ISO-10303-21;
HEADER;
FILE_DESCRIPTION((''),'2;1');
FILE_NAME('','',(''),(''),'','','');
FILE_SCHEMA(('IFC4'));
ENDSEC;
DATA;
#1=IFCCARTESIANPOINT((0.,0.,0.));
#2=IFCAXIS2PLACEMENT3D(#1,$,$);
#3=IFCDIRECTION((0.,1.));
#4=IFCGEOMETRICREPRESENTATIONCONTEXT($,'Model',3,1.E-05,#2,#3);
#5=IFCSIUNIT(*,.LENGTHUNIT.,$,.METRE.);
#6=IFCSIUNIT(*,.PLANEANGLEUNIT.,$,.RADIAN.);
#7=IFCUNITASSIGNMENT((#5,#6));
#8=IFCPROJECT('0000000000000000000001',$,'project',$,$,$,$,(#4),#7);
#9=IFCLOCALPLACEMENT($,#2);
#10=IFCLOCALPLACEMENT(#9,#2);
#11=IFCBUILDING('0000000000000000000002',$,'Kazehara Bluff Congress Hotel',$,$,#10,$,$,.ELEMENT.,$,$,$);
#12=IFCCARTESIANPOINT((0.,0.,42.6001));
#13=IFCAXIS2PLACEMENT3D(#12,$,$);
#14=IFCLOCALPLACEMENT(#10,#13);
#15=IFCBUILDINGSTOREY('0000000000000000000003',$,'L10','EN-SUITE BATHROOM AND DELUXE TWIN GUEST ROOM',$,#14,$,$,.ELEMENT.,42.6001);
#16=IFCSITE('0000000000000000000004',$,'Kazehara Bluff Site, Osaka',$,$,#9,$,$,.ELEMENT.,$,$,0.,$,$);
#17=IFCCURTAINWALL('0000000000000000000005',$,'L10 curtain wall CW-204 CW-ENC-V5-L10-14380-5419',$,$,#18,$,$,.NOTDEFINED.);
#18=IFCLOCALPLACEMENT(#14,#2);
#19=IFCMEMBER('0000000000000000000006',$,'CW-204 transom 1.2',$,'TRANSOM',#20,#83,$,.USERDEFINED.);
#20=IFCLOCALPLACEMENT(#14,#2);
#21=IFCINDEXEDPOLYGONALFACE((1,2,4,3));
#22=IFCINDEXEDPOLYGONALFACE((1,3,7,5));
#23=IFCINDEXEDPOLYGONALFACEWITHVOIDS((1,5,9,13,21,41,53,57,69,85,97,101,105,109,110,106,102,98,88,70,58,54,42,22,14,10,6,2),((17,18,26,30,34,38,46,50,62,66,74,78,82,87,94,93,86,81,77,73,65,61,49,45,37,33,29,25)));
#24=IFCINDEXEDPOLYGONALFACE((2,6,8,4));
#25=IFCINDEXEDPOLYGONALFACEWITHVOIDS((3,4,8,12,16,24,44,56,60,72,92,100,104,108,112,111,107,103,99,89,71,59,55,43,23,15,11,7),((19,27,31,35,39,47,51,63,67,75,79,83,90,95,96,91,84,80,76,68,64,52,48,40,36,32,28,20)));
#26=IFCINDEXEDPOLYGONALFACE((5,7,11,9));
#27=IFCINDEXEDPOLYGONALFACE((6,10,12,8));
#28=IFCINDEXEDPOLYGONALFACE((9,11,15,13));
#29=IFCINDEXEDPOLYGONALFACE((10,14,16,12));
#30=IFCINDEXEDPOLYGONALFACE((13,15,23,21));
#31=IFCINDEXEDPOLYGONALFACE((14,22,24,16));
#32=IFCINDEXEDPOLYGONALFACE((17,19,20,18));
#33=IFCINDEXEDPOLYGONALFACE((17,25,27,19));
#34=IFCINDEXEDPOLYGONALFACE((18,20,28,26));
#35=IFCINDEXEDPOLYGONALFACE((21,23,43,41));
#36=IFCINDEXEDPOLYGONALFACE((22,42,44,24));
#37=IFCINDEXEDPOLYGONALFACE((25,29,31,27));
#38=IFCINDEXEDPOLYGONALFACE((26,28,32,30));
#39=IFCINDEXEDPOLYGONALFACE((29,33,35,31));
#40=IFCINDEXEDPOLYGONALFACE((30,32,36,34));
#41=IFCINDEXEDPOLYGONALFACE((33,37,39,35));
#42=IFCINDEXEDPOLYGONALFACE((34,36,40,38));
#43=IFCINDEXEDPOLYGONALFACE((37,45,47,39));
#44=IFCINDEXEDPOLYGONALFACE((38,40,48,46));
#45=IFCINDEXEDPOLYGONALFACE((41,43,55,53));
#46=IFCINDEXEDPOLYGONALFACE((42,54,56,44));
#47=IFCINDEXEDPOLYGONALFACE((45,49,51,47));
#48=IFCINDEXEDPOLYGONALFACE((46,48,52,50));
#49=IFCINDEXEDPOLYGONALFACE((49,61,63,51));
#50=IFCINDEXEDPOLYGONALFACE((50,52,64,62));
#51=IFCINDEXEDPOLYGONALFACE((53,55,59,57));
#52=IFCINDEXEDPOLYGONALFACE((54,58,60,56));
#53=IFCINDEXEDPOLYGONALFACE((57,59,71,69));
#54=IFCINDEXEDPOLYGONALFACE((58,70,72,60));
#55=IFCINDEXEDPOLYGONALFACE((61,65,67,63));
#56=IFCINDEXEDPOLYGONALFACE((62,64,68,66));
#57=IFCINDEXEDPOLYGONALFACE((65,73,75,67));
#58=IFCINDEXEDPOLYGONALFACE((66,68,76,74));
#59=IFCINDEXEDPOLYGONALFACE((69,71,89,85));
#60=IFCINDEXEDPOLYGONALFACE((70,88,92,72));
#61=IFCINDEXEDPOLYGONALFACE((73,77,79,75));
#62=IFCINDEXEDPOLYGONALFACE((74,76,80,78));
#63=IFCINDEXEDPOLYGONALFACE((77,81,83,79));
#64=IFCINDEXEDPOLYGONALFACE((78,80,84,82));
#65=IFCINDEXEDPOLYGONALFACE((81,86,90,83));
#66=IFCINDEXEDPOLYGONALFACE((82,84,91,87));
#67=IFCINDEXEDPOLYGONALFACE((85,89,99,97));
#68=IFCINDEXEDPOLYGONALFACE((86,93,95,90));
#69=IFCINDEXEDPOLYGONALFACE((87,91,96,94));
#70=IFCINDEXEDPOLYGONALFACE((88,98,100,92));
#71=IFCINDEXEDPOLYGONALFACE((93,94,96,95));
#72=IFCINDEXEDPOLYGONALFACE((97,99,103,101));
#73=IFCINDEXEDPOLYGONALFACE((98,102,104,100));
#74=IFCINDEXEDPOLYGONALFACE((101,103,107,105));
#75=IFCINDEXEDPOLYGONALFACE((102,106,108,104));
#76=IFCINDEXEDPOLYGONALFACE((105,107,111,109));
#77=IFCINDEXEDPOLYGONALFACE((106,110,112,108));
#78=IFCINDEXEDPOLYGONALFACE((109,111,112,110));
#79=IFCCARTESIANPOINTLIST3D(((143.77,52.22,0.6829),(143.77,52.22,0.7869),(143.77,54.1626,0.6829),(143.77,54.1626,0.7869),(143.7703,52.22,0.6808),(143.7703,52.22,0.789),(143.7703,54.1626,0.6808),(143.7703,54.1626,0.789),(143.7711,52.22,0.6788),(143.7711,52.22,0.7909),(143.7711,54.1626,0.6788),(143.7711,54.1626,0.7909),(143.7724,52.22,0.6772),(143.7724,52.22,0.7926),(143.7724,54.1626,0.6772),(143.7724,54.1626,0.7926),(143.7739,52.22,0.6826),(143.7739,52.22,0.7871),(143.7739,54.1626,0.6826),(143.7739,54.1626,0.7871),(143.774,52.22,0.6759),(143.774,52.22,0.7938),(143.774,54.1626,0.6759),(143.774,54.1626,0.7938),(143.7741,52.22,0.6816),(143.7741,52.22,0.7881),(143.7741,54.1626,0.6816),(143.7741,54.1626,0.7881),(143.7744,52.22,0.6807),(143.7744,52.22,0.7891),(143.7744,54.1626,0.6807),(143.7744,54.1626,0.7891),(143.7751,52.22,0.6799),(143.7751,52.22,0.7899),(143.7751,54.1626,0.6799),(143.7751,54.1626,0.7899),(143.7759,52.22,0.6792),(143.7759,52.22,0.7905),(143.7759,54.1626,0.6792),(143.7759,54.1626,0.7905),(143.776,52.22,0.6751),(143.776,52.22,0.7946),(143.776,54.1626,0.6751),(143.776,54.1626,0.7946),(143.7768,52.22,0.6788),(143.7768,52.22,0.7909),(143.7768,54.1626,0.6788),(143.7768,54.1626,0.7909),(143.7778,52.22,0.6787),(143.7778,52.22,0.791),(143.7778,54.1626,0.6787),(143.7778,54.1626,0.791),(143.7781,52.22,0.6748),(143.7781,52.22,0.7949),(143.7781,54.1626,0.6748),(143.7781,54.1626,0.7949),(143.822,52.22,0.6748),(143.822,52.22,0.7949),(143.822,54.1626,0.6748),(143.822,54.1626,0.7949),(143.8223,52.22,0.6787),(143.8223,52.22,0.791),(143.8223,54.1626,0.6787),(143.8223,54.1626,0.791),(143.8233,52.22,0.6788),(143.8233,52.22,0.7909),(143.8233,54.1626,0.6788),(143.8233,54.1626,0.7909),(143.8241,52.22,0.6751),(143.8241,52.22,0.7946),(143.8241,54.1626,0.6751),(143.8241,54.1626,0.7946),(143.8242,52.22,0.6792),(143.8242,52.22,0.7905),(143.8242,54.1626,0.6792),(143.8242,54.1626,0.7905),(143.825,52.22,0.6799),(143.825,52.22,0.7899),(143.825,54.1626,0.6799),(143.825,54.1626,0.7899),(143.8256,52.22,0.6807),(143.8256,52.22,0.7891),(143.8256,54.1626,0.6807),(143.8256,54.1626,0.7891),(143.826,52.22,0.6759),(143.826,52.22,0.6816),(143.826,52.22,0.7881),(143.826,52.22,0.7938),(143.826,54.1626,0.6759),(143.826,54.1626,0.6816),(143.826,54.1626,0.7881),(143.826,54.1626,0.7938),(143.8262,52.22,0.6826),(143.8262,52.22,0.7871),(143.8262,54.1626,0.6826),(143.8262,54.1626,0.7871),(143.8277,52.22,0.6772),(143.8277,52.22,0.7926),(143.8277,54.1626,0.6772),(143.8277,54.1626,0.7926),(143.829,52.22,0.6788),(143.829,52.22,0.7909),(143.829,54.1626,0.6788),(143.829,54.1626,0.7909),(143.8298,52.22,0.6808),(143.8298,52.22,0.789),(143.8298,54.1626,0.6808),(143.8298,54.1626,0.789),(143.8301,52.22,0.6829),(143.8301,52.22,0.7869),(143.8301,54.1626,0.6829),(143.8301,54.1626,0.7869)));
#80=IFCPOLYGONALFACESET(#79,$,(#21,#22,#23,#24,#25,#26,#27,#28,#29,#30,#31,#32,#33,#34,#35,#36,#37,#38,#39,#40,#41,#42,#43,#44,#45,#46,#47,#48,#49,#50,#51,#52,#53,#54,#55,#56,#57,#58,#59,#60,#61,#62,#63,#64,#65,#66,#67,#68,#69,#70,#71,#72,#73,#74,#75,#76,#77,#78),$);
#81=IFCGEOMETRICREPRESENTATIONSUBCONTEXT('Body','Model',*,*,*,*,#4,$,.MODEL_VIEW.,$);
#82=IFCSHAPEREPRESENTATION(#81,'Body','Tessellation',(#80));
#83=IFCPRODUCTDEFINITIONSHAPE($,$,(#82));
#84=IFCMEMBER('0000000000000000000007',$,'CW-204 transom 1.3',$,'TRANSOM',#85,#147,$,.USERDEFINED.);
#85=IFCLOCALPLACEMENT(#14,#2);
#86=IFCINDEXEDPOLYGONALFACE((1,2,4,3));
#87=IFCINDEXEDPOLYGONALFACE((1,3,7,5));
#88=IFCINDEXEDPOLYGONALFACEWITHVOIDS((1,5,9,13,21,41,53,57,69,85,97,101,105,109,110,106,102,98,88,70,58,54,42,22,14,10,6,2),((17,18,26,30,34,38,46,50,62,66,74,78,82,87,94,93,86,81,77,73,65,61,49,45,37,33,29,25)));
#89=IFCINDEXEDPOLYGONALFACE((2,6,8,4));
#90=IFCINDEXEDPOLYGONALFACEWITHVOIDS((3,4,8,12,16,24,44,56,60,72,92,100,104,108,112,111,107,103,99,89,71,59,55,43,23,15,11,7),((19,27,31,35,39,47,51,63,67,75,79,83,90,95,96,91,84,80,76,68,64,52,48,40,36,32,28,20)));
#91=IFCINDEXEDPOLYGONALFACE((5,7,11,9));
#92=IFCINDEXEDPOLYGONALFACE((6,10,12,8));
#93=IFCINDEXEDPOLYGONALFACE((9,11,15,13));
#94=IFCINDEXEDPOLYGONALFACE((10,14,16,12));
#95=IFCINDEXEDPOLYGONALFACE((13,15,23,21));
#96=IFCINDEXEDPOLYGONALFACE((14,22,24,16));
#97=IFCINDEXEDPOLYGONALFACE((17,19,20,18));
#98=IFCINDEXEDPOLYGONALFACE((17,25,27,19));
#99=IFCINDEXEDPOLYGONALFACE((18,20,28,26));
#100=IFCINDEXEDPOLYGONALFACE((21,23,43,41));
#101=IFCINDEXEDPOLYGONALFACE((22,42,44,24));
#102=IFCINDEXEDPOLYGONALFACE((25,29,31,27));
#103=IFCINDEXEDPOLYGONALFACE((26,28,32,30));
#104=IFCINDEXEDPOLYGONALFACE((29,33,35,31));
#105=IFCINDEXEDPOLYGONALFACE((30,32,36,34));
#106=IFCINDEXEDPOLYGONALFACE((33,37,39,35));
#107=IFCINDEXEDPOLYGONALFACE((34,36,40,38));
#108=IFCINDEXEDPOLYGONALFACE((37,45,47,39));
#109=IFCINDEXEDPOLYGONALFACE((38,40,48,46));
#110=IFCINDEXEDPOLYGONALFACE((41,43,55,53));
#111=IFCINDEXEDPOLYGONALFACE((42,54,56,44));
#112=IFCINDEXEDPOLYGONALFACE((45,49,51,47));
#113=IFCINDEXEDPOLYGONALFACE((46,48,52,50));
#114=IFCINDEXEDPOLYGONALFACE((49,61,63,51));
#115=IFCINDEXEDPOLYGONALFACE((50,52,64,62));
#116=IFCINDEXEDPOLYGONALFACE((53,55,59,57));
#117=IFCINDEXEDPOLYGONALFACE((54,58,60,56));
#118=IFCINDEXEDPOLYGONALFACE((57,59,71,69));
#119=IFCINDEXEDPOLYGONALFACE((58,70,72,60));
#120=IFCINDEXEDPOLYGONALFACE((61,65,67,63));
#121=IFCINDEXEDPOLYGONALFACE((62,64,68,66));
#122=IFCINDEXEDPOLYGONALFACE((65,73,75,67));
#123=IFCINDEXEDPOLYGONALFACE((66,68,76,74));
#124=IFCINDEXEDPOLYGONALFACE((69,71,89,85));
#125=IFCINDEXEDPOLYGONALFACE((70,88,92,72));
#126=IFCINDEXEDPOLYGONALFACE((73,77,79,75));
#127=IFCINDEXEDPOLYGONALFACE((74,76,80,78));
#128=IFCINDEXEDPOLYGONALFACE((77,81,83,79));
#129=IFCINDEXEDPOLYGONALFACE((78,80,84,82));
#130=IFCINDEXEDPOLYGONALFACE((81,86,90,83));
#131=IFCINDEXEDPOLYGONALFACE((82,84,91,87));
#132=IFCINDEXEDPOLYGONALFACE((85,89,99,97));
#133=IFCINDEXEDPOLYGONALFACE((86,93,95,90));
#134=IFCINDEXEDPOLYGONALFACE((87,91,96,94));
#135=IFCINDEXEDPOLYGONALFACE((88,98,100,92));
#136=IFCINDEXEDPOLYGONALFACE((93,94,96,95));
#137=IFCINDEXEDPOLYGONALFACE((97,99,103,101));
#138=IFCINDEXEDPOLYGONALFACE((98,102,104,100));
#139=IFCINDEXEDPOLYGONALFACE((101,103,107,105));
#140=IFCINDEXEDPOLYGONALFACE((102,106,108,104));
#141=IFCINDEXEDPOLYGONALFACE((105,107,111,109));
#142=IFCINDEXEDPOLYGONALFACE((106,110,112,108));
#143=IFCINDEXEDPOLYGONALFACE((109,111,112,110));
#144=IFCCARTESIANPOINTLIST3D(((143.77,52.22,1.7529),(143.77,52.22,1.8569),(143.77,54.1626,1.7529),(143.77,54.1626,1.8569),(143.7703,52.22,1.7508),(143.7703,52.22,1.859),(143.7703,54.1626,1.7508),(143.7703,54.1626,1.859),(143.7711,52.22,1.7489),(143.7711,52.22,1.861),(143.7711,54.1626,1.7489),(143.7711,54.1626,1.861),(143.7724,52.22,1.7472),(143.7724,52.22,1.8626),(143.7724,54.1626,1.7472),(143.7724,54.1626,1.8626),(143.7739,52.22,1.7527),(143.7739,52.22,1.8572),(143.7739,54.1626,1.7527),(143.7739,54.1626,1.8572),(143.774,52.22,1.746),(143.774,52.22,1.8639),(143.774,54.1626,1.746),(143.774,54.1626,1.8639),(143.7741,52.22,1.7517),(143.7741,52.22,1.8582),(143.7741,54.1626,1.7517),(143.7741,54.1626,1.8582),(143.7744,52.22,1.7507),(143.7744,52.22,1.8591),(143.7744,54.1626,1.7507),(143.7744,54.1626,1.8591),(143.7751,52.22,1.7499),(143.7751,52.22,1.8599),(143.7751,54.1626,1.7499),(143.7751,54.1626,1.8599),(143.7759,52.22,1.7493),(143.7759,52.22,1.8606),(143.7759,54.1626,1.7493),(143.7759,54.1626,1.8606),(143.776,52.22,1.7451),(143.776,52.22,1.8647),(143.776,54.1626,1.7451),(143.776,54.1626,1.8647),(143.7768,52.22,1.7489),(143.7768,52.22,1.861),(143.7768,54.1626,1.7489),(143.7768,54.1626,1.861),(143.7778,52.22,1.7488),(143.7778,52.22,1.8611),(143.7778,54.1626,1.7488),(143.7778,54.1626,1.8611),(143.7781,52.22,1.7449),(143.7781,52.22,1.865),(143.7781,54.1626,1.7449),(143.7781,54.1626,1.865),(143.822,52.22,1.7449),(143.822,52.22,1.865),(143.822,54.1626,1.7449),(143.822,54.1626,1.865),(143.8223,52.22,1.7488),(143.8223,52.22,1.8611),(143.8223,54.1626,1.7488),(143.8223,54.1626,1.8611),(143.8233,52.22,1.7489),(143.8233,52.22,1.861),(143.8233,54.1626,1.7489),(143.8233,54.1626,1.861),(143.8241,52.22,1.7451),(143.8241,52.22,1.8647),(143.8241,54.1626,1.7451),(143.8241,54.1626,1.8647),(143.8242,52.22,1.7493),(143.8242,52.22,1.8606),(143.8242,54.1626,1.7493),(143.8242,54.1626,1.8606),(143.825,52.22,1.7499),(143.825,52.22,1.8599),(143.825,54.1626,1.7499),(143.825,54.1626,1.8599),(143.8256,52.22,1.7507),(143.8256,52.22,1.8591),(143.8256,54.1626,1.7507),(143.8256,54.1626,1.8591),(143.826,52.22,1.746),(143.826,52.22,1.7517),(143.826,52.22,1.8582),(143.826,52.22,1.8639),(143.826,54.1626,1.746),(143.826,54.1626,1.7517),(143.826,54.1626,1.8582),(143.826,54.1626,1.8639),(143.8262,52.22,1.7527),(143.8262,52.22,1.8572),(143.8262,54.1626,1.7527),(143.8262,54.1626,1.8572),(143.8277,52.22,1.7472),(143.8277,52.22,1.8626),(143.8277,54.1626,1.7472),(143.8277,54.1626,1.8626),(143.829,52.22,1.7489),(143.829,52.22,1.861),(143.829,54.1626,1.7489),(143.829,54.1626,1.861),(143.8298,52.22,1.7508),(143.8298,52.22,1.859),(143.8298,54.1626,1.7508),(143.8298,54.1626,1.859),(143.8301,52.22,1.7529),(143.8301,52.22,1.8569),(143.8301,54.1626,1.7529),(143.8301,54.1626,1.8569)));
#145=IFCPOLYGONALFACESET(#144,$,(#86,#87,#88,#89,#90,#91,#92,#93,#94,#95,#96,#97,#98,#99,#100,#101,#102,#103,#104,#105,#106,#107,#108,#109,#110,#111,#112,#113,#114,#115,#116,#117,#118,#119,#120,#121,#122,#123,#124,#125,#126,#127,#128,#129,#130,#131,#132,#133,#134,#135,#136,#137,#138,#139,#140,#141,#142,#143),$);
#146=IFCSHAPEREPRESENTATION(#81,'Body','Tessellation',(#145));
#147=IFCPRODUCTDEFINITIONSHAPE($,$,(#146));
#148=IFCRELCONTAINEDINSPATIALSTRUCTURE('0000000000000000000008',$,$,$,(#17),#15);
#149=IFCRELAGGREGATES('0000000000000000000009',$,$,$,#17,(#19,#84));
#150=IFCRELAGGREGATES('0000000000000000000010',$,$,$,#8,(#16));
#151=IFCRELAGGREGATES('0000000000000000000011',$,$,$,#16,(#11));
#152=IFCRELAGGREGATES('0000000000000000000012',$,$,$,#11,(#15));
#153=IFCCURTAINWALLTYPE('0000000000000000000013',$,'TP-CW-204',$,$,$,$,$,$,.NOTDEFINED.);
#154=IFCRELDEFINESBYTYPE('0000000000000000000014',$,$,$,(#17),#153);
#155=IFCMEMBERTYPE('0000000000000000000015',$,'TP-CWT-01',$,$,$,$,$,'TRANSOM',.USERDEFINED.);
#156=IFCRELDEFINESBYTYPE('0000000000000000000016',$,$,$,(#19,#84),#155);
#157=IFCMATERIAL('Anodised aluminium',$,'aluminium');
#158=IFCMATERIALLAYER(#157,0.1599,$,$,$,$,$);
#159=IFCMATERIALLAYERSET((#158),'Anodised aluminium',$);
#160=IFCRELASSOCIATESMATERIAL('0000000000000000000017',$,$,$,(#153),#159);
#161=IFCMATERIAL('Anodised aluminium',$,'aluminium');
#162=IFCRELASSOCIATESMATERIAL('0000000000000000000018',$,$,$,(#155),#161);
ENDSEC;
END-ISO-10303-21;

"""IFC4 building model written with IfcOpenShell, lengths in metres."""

from ifc_helpers import new_model, si_unit, direction, frame, origin, origin_2d, place, context, subcontext, project, spatial, hollow_rectangle, extrude, material, layer, layer_set, material_profile, profile_set, type_object, element, aggregate, save


model = new_model("IFC4")

# Units and contexts
model_context = context("Model", 3, precision=1e-05, world=origin(), true_north=direction((0.0, 1.0)))
body_context = subcontext(model_context, "Body", "Model", "MODEL_VIEW")
ifc_project = project(units=[si_unit("LENGTHUNIT", "METRE"), si_unit("PLANEANGLEUNIT", "RADIAN")], contexts=[model_context])

# Site, building, storey
site_placement = place(None, origin())
site = spatial("IfcSite", under=ifc_project, at=site_placement, Name="Kazehara Bluff Site, Osaka", CompositionType="ELEMENT", RefElevation=0.0)
building_placement = place(site_placement, origin())
building = spatial("IfcBuilding", under=site, at=building_placement, Name="Kazehara Bluff Congress Hotel", CompositionType="ELEMENT")
storey_placement = place(building_placement, frame((0.0, 0.0, 42.6001)))
storey = spatial("IfcBuildingStorey", under=building, at=storey_placement, Name="L10", Description="EN-SUITE BATHROOM AND DELUXE TWIN GUEST ROOM", CompositionType="ELEMENT", Elevation=42.6001)

# Curtain wall
ifc_material_1 = material(Name="Anodised aluminium", Category="aluminium")
ifc_layer_1 = layer(ifc_material_1, 0.1599)
ifc_layer_set_1 = layer_set([ifc_layer_1], Name="Anodised aluminium")
curtain_wall_type_1 = type_object("IfcCurtainWallType", Name="TP-CW-204", PredefinedType="NOTDEFINED", material=ifc_layer_set_1)
curtain_wall_1_placement = place(storey_placement, origin())
curtain_wall_1 = element("IfcCurtainWall", 1, at=curtain_wall_1_placement, inside=storey, type_object=curtain_wall_type_1, Name="L10 curtain wall CW-204 CW-ENC-V5-L10-14380-5419", PredefinedType="NOTDEFINED")

# Members
ifc_material_2 = material(Name="Anodised aluminium", Category="aluminium")
ifc_material_profile_1 = material_profile(ifc_material_2, hollow_rectangle(XDim=0.0601, YDim=0.1201, WallThickness=0.0039, InnerFilletRadius=0.0039, OuterFilletRadius=0.0081, at=origin_2d()))
ifc_profile_set_1 = profile_set([ifc_material_profile_1], Name="Anodised aluminium")
member_type_1 = type_object("IfcMemberType", Name="TP-CWT-01", ElementType="TRANSOM", PredefinedType="USERDEFINED", material=ifc_profile_set_1)
member_1_placement = place(storey_placement, frame((143.8, 52.22, 0.7349), z_axis=(0.0, 1.0, 0.0), x_axis=(-1.0, 0.0, 0.0)))
member_1 = element("IfcMember", 2, at=member_1_placement, type_object=member_type_1, Name="CW-204 transom 1.2", ObjectType="TRANSOM", PredefinedType="USERDEFINED", context=body_context, shape_type="SweptSolid", body=[
    extrude(hollow_rectangle(XDim=0.0601, YDim=0.1201, WallThickness=0.0039, InnerFilletRadius=0.0039, OuterFilletRadius=0.0081, at=origin_2d()), origin(), (0.0, 0.0, 1.0), 1.9426),
])
member_2_placement = place(storey_placement, frame((143.8, 52.22, 1.8049), z_axis=(0.0, 1.0, 0.0), x_axis=(-1.0, 0.0, 0.0)))
member_2 = element("IfcMember", 3, at=member_2_placement, type_object=member_type_1, Name="CW-204 transom 1.3", ObjectType="TRANSOM", PredefinedType="USERDEFINED", context=body_context, shape_type="SweptSolid", body=[
    extrude(hollow_rectangle(XDim=0.0601, YDim=0.1201, WallThickness=0.0039, InnerFilletRadius=0.0039, OuterFilletRadius=0.0081, at=origin_2d()), origin(), (0.0, 0.0, 1.0), 1.9426),
])

aggregate(curtain_wall_1, [member_1, member_2])

save(model, "model.ifc")
